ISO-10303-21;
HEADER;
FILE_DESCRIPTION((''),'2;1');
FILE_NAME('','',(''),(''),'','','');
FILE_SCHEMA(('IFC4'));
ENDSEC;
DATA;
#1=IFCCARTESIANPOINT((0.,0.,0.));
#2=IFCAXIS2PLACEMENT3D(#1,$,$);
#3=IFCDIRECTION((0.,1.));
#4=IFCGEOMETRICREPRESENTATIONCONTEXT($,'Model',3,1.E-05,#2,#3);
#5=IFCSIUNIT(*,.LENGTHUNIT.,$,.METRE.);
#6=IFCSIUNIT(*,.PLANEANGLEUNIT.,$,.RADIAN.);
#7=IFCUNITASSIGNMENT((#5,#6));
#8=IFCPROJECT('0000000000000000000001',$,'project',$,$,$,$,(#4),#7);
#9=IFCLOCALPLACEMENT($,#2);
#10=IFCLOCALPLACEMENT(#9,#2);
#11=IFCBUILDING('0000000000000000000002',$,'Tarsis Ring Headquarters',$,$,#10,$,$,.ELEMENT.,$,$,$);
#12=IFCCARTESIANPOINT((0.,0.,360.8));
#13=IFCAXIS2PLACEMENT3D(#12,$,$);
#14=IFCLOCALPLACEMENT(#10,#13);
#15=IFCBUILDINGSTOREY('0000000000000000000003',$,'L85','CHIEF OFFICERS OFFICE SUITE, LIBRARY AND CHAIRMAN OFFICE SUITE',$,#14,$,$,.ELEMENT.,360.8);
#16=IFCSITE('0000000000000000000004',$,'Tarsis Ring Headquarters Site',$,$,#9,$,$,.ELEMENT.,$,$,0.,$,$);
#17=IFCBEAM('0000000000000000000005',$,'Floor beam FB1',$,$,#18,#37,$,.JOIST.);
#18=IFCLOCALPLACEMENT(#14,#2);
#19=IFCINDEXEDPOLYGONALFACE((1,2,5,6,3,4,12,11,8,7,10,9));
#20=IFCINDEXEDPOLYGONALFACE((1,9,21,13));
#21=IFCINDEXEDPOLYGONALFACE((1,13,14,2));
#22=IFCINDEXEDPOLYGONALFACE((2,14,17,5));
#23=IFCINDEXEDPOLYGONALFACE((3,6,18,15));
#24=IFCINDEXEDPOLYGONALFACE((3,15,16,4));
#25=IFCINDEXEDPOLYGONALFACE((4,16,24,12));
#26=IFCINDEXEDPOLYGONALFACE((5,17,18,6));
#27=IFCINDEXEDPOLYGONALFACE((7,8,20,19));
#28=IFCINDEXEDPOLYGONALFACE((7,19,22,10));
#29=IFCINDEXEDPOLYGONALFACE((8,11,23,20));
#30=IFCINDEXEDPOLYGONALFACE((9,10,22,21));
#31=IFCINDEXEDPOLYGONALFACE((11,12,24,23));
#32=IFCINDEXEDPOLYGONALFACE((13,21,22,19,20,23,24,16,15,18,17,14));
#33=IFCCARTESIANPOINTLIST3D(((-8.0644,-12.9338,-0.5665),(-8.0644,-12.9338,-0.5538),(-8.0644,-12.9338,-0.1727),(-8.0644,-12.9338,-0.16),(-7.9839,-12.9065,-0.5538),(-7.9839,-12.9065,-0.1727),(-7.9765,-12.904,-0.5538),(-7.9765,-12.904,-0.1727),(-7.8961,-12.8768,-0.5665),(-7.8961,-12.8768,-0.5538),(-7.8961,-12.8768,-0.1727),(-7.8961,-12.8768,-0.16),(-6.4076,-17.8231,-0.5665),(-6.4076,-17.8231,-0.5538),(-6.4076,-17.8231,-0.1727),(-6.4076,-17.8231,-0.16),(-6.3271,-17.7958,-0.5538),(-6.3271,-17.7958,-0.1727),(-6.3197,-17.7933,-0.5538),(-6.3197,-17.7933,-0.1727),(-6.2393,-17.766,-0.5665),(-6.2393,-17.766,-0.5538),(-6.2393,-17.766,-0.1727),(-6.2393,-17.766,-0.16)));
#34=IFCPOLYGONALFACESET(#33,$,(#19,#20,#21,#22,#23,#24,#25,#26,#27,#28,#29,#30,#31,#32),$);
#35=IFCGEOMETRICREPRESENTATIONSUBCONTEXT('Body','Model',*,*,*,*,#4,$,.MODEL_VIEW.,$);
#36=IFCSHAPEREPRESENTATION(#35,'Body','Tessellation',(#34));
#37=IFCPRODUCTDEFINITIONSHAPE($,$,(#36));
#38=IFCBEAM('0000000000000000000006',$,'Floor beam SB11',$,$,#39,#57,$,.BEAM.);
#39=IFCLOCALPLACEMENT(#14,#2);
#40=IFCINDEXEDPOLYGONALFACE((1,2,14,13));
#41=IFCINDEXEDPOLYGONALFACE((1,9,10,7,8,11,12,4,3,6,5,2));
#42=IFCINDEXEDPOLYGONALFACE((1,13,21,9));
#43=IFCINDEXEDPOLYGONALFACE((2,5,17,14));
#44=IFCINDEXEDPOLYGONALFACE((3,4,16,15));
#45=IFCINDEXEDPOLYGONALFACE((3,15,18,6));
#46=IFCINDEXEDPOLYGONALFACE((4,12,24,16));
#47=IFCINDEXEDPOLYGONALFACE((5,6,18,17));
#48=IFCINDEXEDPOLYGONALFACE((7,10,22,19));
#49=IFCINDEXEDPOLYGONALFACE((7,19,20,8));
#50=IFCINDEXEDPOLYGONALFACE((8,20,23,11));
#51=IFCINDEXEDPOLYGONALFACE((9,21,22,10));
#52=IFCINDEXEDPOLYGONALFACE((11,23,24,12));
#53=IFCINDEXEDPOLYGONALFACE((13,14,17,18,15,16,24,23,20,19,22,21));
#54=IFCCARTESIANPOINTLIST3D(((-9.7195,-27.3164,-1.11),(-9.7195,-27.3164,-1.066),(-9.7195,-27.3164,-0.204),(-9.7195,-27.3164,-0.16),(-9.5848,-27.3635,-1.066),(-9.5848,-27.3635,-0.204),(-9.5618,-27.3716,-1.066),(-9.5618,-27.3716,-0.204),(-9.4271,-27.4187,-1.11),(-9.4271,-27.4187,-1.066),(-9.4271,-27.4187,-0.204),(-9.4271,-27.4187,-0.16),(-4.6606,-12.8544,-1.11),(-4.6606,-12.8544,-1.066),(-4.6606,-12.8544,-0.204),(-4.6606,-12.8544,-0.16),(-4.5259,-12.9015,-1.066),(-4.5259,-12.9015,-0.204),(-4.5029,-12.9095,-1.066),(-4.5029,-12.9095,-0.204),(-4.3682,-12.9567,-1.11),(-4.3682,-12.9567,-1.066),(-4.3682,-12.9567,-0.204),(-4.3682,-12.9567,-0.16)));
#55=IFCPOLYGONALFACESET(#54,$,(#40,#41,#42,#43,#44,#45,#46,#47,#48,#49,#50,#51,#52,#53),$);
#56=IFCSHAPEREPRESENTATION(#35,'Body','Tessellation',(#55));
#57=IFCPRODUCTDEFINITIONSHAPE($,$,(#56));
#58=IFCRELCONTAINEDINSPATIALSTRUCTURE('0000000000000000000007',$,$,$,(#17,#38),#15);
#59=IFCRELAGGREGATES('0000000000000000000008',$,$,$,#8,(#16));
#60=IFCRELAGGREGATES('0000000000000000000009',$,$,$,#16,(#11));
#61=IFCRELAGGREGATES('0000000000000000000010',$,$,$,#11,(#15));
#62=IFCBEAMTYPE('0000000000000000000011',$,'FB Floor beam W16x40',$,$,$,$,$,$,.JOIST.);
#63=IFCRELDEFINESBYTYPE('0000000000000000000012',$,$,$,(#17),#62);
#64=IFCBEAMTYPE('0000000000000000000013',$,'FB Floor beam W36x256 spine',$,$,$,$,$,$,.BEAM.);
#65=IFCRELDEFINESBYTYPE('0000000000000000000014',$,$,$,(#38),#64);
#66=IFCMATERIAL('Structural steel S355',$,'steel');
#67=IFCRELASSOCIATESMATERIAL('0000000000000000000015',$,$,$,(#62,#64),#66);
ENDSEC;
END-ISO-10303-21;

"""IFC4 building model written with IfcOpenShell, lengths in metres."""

from ifc_helpers import new_model, si_unit, direction, frame, origin, origin_2d, place, context, subcontext, project, spatial, i_section, extrude, material, material_profile, profile_set, type_object, element, save


model = new_model("IFC4")

# Units and contexts
model_context = context("Model", 3, precision=1e-05, world=origin(), true_north=direction((0.0, 1.0)))
body_context = subcontext(model_context, "Body", "Model", "MODEL_VIEW")
ifc_project = project(units=[si_unit("LENGTHUNIT", "METRE"), si_unit("PLANEANGLEUNIT", "RADIAN")], contexts=[model_context])

# Site, building, storey
site_placement = place(None, origin())
site = spatial("IfcSite", under=ifc_project, at=site_placement, Name="Tarsis Ring Headquarters Site", CompositionType="ELEMENT", RefElevation=0.0)
building_placement = place(site_placement, origin())
building = spatial("IfcBuilding", under=site, at=building_placement, Name="Tarsis Ring Headquarters", CompositionType="ELEMENT")
storey_placement = place(building_placement, frame((0.0, 0.0, 360.8)))
storey = spatial("IfcBuildingStorey", under=building, at=storey_placement, Name="L85", Description="CHIEF OFFICERS OFFICE SUITE, LIBRARY AND CHAIRMAN OFFICE SUITE", CompositionType="ELEMENT", Elevation=360.8)

# Beams
ifc_material_1 = material(Name="Structural steel S355", Category="steel")
ifc_material_profile_1 = material_profile(ifc_material_1, i_section(OverallWidth=0.1777, OverallDepth=0.4065, WebThickness=0.0078, FlangeThickness=0.0127, at=origin_2d()), Name="W16x40")
ifc_profile_set_1 = profile_set([ifc_material_profile_1], Name="Structural steel S355")
beam_type_1 = type_object("IfcBeamType", Name="FB Floor beam W16x40", PredefinedType="JOIST", material=ifc_profile_set_1)
beam_1_placement = place(storey_placement, frame((-7.9802, -12.9053, -0.3633), z_axis=(0.320934, -0.947101, 0.0), x_axis=(0.947101, 0.320934, 0.0)))
element("IfcBeam", 1, at=beam_1_placement, inside=storey, type_object=beam_type_1, Name="Floor beam FB1", PredefinedType="JOIST", context=body_context, shape_type="SweptSolid", body=[
    extrude(i_section(OverallWidth=0.1777, OverallDepth=0.4065, WebThickness=0.0078, FlangeThickness=0.0127, at=origin_2d()), origin(), (0.0, 0.0, 1.0), 5.1624),
])
ifc_material_profile_2 = material_profile(ifc_material_1, i_section(OverallWidth=0.3098, OverallDepth=0.95, WebThickness=0.0244, FlangeThickness=0.0439, at=origin_2d()), Name="W36x256")
ifc_profile_set_2 = profile_set([ifc_material_profile_2], Name="Structural steel S355")
beam_type_2 = type_object("IfcBeamType", Name="FB Floor beam W36x256 spine", PredefinedType="BEAM", material=ifc_profile_set_2)
beam_2_placement = place(storey_placement, frame((-4.5144, -12.9055, -0.635), z_axis=(-0.330186, -0.943916, 0.0), x_axis=(0.943916, -0.330186, 0.0)))
element("IfcBeam", 2, at=beam_2_placement, inside=storey, type_object=beam_type_2, Name="Floor beam SB11", PredefinedType="BEAM", context=body_context, shape_type="SweptSolid", body=[
    extrude(i_section(OverallWidth=0.3098, OverallDepth=0.95, WebThickness=0.0244, FlangeThickness=0.0439, at=origin_2d()), origin(), (0.0, 0.0, 1.0), 15.3213),
])

save(model, "model.ifc")
